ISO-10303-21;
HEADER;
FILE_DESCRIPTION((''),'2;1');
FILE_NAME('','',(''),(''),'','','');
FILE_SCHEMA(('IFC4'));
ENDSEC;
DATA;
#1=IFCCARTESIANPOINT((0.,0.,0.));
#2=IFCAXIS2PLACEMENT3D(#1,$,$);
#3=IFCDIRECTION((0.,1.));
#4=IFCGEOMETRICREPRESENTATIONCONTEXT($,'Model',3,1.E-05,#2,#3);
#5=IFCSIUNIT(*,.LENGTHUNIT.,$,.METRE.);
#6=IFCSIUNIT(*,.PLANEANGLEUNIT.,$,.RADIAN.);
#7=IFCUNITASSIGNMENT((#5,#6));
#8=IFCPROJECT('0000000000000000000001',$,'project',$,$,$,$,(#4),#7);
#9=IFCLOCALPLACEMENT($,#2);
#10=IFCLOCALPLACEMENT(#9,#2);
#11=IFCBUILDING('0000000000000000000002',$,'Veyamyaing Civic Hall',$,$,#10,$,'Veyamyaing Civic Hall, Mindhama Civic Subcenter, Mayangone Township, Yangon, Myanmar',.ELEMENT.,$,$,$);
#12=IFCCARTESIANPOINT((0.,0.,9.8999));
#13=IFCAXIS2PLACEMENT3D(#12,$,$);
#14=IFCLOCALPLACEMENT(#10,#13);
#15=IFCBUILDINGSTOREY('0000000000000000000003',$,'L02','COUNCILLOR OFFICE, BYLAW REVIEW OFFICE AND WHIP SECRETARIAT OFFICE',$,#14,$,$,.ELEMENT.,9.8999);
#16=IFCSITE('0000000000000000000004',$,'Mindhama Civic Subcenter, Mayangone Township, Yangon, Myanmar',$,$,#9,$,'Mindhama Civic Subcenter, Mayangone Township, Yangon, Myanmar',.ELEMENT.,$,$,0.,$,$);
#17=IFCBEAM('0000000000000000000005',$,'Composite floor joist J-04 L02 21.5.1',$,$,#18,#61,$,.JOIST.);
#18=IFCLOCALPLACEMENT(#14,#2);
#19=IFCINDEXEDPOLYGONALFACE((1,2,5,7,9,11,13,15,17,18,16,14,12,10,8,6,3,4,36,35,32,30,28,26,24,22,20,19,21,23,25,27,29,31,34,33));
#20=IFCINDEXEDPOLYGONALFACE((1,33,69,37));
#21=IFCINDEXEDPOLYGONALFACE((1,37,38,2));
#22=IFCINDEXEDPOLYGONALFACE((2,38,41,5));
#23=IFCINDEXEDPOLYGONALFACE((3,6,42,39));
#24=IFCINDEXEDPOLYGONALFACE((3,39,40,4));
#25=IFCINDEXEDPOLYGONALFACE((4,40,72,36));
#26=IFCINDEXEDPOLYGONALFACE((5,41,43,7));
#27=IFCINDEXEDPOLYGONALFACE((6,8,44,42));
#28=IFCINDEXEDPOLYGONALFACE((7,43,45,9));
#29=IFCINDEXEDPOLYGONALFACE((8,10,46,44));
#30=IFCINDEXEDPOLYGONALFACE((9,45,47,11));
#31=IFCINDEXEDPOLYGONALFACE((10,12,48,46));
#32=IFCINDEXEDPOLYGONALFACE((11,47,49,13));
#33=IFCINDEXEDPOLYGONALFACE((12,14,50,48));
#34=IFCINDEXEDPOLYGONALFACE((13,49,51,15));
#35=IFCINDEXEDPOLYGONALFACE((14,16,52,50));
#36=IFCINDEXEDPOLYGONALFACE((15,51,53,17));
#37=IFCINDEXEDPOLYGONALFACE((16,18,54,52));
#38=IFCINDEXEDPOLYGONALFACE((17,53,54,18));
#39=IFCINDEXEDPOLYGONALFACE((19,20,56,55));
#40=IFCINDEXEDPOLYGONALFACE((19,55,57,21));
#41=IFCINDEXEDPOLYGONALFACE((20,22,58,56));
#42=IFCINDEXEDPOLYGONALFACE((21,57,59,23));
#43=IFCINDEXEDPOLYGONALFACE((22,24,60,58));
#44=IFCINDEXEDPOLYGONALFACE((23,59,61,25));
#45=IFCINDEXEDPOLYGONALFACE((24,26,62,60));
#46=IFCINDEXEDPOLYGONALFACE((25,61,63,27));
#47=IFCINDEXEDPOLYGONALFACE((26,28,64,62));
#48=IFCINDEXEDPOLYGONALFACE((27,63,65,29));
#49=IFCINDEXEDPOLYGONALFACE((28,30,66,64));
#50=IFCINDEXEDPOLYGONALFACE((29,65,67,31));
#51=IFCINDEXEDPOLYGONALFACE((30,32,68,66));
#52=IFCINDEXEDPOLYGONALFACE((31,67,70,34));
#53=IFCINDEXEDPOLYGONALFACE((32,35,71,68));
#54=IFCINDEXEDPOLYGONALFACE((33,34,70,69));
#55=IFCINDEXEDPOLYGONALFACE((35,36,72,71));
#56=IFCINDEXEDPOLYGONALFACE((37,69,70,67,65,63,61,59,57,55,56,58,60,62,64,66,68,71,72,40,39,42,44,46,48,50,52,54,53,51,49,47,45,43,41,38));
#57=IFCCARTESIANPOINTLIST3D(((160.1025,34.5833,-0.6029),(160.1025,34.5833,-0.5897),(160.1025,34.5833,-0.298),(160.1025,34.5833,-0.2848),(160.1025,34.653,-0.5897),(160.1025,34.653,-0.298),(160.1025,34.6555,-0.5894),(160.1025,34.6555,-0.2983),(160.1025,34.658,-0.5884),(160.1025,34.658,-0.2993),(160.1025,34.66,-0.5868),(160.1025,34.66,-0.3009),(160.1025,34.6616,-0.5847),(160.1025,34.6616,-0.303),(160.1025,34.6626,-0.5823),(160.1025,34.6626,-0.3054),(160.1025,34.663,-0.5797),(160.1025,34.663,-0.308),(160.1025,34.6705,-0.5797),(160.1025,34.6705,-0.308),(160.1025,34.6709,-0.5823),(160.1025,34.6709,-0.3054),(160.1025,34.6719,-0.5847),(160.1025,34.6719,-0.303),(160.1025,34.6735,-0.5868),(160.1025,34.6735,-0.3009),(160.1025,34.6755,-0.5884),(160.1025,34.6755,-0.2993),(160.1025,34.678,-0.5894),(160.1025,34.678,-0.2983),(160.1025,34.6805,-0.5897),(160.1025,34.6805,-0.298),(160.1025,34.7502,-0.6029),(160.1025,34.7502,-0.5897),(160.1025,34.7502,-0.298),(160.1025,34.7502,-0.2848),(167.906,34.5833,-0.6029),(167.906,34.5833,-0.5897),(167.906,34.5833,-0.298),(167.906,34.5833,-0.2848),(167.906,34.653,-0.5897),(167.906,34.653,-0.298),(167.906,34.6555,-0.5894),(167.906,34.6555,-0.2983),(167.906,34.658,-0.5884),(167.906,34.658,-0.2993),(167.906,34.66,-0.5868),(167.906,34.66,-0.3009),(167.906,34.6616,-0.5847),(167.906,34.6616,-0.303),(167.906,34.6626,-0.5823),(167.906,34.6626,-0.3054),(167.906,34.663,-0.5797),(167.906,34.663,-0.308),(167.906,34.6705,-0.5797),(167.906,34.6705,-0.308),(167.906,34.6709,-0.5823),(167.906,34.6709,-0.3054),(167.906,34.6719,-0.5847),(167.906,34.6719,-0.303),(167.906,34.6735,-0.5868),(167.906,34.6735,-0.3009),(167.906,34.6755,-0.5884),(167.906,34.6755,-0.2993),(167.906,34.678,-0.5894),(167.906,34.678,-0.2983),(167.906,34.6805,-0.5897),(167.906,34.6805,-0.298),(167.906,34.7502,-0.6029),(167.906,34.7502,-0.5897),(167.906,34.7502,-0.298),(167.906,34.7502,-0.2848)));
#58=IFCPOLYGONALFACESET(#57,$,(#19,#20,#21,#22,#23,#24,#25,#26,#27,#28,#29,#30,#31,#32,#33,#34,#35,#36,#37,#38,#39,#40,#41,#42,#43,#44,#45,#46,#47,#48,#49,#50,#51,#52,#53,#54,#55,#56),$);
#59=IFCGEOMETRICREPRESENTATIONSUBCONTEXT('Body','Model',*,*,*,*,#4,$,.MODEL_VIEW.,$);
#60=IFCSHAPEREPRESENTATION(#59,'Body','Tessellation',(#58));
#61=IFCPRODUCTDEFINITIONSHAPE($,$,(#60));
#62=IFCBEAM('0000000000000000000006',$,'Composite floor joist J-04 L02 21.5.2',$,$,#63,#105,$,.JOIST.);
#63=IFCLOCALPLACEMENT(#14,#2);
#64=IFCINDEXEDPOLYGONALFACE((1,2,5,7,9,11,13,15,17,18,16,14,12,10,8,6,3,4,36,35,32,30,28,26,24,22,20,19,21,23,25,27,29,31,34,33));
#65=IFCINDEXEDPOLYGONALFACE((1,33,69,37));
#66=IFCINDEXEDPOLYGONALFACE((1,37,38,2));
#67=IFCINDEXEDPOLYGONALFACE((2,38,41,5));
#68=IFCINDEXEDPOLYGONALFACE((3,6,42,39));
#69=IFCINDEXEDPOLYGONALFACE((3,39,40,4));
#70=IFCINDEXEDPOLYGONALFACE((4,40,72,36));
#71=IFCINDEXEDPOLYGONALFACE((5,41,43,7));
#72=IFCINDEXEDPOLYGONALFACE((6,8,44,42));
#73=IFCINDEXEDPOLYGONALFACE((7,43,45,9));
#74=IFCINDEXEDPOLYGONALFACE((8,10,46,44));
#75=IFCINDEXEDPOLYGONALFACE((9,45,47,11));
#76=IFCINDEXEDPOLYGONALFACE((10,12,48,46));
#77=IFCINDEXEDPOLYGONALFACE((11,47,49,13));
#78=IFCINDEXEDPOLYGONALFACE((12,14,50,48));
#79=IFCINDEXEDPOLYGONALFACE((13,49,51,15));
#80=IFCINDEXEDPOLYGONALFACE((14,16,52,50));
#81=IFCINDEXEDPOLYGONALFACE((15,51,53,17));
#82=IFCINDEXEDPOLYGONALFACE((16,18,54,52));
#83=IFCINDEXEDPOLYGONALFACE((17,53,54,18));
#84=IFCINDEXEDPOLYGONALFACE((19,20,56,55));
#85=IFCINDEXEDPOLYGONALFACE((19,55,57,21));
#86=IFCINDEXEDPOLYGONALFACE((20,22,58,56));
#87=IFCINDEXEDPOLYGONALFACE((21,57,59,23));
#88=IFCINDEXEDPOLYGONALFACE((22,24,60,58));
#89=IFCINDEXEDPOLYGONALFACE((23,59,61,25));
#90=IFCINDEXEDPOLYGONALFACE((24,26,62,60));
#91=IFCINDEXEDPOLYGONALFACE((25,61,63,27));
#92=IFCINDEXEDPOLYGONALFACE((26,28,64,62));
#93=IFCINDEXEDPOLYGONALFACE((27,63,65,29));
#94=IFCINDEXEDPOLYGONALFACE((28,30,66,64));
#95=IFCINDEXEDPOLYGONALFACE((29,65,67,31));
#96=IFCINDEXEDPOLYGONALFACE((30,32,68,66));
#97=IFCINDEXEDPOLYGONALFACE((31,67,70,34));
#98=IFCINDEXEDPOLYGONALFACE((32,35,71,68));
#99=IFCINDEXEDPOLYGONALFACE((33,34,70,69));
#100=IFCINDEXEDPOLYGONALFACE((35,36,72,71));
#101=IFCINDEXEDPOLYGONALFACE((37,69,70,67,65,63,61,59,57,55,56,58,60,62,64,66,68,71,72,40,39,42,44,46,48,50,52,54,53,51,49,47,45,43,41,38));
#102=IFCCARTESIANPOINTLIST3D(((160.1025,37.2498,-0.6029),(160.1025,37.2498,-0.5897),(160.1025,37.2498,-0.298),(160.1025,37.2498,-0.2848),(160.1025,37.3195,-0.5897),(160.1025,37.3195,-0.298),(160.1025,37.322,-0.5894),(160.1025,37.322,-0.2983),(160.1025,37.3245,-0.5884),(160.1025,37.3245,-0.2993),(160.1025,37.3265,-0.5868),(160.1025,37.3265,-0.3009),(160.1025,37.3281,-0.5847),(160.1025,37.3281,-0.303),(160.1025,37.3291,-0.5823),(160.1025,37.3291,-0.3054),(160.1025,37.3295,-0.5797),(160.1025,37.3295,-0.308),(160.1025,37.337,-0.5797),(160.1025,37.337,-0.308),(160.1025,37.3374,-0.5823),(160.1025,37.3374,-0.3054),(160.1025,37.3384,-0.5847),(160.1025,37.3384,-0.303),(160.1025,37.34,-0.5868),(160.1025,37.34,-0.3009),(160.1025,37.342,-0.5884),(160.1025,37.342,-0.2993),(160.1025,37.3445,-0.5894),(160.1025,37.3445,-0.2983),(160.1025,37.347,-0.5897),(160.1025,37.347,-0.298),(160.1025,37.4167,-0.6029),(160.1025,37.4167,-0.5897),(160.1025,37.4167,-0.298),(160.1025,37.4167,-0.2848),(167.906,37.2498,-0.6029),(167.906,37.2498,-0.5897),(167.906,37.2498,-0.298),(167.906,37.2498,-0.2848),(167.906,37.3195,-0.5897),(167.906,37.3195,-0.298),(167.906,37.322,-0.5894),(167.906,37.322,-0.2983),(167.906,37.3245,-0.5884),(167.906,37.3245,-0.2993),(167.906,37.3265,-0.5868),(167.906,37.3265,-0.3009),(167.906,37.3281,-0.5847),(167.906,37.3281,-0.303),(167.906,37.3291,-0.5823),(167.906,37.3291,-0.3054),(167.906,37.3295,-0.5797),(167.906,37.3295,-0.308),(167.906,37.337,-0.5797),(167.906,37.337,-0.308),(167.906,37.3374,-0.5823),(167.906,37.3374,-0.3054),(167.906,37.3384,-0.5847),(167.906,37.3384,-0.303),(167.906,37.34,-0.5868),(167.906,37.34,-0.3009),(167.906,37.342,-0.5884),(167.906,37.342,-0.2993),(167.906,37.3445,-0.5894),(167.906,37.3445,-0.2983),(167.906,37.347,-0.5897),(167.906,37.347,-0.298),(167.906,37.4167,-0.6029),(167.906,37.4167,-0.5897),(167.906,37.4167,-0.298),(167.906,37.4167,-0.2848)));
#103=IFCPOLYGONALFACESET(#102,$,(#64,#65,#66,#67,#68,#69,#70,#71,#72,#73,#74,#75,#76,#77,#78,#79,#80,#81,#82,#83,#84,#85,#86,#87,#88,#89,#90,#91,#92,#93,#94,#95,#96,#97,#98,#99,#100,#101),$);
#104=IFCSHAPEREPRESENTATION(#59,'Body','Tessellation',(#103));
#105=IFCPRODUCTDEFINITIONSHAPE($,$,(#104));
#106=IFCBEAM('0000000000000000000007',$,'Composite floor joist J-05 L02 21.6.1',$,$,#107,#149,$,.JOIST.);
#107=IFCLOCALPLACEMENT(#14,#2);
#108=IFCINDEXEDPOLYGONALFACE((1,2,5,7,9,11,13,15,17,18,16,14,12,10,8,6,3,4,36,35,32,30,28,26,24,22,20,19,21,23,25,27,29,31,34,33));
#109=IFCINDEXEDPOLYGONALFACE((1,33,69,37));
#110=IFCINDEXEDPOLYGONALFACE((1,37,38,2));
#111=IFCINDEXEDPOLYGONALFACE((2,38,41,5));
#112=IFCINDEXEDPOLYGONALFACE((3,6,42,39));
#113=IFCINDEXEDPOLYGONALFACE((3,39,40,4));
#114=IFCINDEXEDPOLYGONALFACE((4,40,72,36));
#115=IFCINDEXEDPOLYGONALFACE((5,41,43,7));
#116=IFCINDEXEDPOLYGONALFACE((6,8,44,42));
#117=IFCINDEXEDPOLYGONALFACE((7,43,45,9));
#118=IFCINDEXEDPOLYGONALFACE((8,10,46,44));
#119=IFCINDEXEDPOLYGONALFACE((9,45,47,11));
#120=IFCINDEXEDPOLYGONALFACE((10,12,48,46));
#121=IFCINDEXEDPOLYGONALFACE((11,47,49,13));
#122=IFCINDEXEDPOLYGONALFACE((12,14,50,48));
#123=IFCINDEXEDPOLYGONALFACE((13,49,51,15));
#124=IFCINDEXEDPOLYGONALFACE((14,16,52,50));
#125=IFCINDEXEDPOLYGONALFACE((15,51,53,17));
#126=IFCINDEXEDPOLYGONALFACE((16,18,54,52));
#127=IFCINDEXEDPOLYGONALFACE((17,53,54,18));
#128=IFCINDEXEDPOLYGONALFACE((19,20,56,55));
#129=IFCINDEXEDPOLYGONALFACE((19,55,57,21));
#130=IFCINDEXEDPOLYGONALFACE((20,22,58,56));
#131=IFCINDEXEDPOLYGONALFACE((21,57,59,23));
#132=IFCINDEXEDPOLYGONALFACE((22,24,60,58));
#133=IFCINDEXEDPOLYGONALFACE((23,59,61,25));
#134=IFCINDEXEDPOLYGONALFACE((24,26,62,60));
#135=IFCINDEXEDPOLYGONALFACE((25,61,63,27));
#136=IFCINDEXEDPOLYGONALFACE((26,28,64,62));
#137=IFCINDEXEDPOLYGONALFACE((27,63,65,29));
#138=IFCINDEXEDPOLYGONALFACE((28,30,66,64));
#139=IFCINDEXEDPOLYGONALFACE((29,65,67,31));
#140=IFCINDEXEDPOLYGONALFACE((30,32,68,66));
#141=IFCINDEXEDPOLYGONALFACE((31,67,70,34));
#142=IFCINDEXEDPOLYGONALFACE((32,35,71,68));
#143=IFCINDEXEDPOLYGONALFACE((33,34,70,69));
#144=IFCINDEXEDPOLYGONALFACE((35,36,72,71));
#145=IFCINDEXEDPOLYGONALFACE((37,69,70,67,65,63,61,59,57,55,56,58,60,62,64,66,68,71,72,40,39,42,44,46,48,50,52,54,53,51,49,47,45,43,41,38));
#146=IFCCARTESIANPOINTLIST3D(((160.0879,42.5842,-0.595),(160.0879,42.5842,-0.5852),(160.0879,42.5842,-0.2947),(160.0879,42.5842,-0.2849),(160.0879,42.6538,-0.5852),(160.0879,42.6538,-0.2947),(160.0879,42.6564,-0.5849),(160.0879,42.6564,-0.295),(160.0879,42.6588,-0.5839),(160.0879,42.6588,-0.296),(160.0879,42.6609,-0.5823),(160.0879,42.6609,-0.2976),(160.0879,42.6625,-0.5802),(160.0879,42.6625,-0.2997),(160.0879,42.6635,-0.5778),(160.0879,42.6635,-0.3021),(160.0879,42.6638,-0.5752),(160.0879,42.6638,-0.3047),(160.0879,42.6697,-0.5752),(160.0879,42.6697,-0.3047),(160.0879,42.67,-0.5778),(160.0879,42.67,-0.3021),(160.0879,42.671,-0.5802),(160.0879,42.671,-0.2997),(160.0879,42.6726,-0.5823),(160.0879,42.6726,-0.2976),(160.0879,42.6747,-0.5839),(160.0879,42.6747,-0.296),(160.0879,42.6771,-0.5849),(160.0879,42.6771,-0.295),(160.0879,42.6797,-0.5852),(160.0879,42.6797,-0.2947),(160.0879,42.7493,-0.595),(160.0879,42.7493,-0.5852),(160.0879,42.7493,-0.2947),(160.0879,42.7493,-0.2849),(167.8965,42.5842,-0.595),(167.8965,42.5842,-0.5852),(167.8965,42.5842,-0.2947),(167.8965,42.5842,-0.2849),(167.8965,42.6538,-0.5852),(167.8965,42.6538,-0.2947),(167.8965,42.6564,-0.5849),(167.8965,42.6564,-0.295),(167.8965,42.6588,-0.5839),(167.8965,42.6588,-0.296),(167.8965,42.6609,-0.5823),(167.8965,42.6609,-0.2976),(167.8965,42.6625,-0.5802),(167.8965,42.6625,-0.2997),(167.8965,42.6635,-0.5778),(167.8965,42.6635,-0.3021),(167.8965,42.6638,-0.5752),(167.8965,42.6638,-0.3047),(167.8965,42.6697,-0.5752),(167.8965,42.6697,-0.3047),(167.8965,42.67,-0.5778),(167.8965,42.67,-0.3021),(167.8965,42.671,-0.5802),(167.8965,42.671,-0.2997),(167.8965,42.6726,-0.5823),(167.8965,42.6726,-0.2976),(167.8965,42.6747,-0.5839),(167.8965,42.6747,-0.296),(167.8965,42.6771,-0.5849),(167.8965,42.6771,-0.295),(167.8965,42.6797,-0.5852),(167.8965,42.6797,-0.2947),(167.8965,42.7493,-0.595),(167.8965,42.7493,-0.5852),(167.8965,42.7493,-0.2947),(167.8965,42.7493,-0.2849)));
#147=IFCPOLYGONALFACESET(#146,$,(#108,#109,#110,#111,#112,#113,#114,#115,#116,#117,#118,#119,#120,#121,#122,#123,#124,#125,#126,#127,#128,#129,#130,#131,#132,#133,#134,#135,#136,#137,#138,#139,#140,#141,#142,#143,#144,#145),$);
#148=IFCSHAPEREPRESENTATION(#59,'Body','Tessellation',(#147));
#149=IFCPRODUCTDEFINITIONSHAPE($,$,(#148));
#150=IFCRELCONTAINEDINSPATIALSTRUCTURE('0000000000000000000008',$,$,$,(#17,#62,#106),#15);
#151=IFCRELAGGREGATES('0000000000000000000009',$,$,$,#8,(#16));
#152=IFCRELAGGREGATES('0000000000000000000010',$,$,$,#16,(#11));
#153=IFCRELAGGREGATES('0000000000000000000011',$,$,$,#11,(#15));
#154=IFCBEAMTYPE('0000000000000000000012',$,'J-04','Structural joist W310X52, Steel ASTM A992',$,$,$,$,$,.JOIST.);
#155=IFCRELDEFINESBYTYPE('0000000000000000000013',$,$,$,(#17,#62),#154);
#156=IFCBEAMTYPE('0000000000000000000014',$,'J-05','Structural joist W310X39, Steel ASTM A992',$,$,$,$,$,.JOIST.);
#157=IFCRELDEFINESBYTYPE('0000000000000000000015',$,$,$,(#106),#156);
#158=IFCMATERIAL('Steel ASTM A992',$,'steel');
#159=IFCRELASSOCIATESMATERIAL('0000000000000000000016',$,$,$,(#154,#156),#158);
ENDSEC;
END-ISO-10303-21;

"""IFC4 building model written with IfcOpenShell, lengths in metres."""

from ifc_helpers import new_model, si_unit, direction, frame, origin, origin_2d, place, context, subcontext, project, spatial, i_section, extrude, material, material_profile, profile_set, type_object, element, save


model = new_model("IFC4")

# Units and contexts
model_context = context("Model", 3, precision=1e-05, world=origin(), true_north=direction((0.0, 1.0)))
body_context = subcontext(model_context, "Body", "Model", "MODEL_VIEW")
ifc_project = project(units=[si_unit("LENGTHUNIT", "METRE"), si_unit("PLANEANGLEUNIT", "RADIAN")], contexts=[model_context])

# Site, building, storey
site_placement = place(None, origin())
site = spatial("IfcSite", under=ifc_project, at=site_placement, Name="Mindhama Civic Subcenter, Mayangone Township, Yangon, Myanmar", LongName="Mindhama Civic Subcenter, Mayangone Township, Yangon, Myanmar", CompositionType="ELEMENT", RefElevation=0.0)
building_placement = place(site_placement, origin())
building = spatial("IfcBuilding", under=site, at=building_placement, Name="Veyamyaing Civic Hall", LongName="Veyamyaing Civic Hall, Mindhama Civic Subcenter, Mayangone Township, Yangon, Myanmar", CompositionType="ELEMENT")
storey_placement = place(building_placement, frame((0.0, 0.0, 9.8999)))
storey = spatial("IfcBuildingStorey", under=building, at=storey_placement, Name="L02", Description="COUNCILLOR OFFICE, BYLAW REVIEW OFFICE AND WHIP SECRETARIAT OFFICE", CompositionType="ELEMENT", Elevation=9.8999)

# Beams
ifc_material_1 = material(Name="Steel ASTM A992", Category="steel")
ifc_material_profile_1 = material_profile(ifc_material_1, i_section(OverallWidth=0.167, OverallDepth=0.3181, WebThickness=0.0076, FlangeThickness=0.0132, FilletRadius=0.01, at=origin_2d()), Name="W310X52")
ifc_profile_set_1 = profile_set([ifc_material_profile_1], Name="Steel ASTM A992")
beam_type_1 = type_object("IfcBeamType", Name="J-04", Description="Structural joist W310X52, Steel ASTM A992", PredefinedType="JOIST", material=ifc_profile_set_1)
for number, where, z_axis, x_axis, name in (
    (1, (160.1025, 34.6667, -0.4438), (1.0, 0.0, 0.0), (0.0, 1.0, 0.0), "Composite floor joist J-04 L02 21.5.1"),
    (2, (160.1025, 37.3333, -0.4438), (1.0, 0.0, 0.0), (0.0, 1.0, 0.0), "Composite floor joist J-04 L02 21.5.2"),
):
    element("IfcBeam", number, at=place(storey_placement, frame(where, z_axis=z_axis, x_axis=x_axis)), inside=storey, type_object=beam_type_1, Name=name, PredefinedType="JOIST", context=body_context, shape_type="SweptSolid", body=[
        extrude(i_section(OverallWidth=0.167, OverallDepth=0.3181, WebThickness=0.0076, FlangeThickness=0.0132, FilletRadius=0.01, at=origin_2d()), origin(), (0.0, 0.0, 1.0), 7.8035),
    ])
ifc_material_profile_2 = material_profile(ifc_material_1, i_section(OverallWidth=0.165, OverallDepth=0.3101, WebThickness=0.0059, FlangeThickness=0.0098, FilletRadius=0.01, at=origin_2d()), Name="W310X39")
ifc_profile_set_2 = profile_set([ifc_material_profile_2], Name="Steel ASTM A992")
beam_type_2 = type_object("IfcBeamType", Name="J-05", Description="Structural joist W310X39, Steel ASTM A992", PredefinedType="JOIST", material=ifc_profile_set_2)
beam_1_placement = place(storey_placement, frame((160.0879, 42.6667, -0.4399), z_axis=(1.0, 0.0, 0.0), x_axis=(0.0, 1.0, 0.0)))
element("IfcBeam", 3, at=beam_1_placement, inside=storey, type_object=beam_type_2, Name="Composite floor joist J-05 L02 21.6.1", PredefinedType="JOIST", context=body_context, shape_type="SweptSolid", body=[
    extrude(i_section(OverallWidth=0.165, OverallDepth=0.3101, WebThickness=0.0059, FlangeThickness=0.0098, FilletRadius=0.01, at=origin_2d()), origin(), (0.0, 0.0, 1.0), 7.8086),
])

save(model, "model.ifc")
